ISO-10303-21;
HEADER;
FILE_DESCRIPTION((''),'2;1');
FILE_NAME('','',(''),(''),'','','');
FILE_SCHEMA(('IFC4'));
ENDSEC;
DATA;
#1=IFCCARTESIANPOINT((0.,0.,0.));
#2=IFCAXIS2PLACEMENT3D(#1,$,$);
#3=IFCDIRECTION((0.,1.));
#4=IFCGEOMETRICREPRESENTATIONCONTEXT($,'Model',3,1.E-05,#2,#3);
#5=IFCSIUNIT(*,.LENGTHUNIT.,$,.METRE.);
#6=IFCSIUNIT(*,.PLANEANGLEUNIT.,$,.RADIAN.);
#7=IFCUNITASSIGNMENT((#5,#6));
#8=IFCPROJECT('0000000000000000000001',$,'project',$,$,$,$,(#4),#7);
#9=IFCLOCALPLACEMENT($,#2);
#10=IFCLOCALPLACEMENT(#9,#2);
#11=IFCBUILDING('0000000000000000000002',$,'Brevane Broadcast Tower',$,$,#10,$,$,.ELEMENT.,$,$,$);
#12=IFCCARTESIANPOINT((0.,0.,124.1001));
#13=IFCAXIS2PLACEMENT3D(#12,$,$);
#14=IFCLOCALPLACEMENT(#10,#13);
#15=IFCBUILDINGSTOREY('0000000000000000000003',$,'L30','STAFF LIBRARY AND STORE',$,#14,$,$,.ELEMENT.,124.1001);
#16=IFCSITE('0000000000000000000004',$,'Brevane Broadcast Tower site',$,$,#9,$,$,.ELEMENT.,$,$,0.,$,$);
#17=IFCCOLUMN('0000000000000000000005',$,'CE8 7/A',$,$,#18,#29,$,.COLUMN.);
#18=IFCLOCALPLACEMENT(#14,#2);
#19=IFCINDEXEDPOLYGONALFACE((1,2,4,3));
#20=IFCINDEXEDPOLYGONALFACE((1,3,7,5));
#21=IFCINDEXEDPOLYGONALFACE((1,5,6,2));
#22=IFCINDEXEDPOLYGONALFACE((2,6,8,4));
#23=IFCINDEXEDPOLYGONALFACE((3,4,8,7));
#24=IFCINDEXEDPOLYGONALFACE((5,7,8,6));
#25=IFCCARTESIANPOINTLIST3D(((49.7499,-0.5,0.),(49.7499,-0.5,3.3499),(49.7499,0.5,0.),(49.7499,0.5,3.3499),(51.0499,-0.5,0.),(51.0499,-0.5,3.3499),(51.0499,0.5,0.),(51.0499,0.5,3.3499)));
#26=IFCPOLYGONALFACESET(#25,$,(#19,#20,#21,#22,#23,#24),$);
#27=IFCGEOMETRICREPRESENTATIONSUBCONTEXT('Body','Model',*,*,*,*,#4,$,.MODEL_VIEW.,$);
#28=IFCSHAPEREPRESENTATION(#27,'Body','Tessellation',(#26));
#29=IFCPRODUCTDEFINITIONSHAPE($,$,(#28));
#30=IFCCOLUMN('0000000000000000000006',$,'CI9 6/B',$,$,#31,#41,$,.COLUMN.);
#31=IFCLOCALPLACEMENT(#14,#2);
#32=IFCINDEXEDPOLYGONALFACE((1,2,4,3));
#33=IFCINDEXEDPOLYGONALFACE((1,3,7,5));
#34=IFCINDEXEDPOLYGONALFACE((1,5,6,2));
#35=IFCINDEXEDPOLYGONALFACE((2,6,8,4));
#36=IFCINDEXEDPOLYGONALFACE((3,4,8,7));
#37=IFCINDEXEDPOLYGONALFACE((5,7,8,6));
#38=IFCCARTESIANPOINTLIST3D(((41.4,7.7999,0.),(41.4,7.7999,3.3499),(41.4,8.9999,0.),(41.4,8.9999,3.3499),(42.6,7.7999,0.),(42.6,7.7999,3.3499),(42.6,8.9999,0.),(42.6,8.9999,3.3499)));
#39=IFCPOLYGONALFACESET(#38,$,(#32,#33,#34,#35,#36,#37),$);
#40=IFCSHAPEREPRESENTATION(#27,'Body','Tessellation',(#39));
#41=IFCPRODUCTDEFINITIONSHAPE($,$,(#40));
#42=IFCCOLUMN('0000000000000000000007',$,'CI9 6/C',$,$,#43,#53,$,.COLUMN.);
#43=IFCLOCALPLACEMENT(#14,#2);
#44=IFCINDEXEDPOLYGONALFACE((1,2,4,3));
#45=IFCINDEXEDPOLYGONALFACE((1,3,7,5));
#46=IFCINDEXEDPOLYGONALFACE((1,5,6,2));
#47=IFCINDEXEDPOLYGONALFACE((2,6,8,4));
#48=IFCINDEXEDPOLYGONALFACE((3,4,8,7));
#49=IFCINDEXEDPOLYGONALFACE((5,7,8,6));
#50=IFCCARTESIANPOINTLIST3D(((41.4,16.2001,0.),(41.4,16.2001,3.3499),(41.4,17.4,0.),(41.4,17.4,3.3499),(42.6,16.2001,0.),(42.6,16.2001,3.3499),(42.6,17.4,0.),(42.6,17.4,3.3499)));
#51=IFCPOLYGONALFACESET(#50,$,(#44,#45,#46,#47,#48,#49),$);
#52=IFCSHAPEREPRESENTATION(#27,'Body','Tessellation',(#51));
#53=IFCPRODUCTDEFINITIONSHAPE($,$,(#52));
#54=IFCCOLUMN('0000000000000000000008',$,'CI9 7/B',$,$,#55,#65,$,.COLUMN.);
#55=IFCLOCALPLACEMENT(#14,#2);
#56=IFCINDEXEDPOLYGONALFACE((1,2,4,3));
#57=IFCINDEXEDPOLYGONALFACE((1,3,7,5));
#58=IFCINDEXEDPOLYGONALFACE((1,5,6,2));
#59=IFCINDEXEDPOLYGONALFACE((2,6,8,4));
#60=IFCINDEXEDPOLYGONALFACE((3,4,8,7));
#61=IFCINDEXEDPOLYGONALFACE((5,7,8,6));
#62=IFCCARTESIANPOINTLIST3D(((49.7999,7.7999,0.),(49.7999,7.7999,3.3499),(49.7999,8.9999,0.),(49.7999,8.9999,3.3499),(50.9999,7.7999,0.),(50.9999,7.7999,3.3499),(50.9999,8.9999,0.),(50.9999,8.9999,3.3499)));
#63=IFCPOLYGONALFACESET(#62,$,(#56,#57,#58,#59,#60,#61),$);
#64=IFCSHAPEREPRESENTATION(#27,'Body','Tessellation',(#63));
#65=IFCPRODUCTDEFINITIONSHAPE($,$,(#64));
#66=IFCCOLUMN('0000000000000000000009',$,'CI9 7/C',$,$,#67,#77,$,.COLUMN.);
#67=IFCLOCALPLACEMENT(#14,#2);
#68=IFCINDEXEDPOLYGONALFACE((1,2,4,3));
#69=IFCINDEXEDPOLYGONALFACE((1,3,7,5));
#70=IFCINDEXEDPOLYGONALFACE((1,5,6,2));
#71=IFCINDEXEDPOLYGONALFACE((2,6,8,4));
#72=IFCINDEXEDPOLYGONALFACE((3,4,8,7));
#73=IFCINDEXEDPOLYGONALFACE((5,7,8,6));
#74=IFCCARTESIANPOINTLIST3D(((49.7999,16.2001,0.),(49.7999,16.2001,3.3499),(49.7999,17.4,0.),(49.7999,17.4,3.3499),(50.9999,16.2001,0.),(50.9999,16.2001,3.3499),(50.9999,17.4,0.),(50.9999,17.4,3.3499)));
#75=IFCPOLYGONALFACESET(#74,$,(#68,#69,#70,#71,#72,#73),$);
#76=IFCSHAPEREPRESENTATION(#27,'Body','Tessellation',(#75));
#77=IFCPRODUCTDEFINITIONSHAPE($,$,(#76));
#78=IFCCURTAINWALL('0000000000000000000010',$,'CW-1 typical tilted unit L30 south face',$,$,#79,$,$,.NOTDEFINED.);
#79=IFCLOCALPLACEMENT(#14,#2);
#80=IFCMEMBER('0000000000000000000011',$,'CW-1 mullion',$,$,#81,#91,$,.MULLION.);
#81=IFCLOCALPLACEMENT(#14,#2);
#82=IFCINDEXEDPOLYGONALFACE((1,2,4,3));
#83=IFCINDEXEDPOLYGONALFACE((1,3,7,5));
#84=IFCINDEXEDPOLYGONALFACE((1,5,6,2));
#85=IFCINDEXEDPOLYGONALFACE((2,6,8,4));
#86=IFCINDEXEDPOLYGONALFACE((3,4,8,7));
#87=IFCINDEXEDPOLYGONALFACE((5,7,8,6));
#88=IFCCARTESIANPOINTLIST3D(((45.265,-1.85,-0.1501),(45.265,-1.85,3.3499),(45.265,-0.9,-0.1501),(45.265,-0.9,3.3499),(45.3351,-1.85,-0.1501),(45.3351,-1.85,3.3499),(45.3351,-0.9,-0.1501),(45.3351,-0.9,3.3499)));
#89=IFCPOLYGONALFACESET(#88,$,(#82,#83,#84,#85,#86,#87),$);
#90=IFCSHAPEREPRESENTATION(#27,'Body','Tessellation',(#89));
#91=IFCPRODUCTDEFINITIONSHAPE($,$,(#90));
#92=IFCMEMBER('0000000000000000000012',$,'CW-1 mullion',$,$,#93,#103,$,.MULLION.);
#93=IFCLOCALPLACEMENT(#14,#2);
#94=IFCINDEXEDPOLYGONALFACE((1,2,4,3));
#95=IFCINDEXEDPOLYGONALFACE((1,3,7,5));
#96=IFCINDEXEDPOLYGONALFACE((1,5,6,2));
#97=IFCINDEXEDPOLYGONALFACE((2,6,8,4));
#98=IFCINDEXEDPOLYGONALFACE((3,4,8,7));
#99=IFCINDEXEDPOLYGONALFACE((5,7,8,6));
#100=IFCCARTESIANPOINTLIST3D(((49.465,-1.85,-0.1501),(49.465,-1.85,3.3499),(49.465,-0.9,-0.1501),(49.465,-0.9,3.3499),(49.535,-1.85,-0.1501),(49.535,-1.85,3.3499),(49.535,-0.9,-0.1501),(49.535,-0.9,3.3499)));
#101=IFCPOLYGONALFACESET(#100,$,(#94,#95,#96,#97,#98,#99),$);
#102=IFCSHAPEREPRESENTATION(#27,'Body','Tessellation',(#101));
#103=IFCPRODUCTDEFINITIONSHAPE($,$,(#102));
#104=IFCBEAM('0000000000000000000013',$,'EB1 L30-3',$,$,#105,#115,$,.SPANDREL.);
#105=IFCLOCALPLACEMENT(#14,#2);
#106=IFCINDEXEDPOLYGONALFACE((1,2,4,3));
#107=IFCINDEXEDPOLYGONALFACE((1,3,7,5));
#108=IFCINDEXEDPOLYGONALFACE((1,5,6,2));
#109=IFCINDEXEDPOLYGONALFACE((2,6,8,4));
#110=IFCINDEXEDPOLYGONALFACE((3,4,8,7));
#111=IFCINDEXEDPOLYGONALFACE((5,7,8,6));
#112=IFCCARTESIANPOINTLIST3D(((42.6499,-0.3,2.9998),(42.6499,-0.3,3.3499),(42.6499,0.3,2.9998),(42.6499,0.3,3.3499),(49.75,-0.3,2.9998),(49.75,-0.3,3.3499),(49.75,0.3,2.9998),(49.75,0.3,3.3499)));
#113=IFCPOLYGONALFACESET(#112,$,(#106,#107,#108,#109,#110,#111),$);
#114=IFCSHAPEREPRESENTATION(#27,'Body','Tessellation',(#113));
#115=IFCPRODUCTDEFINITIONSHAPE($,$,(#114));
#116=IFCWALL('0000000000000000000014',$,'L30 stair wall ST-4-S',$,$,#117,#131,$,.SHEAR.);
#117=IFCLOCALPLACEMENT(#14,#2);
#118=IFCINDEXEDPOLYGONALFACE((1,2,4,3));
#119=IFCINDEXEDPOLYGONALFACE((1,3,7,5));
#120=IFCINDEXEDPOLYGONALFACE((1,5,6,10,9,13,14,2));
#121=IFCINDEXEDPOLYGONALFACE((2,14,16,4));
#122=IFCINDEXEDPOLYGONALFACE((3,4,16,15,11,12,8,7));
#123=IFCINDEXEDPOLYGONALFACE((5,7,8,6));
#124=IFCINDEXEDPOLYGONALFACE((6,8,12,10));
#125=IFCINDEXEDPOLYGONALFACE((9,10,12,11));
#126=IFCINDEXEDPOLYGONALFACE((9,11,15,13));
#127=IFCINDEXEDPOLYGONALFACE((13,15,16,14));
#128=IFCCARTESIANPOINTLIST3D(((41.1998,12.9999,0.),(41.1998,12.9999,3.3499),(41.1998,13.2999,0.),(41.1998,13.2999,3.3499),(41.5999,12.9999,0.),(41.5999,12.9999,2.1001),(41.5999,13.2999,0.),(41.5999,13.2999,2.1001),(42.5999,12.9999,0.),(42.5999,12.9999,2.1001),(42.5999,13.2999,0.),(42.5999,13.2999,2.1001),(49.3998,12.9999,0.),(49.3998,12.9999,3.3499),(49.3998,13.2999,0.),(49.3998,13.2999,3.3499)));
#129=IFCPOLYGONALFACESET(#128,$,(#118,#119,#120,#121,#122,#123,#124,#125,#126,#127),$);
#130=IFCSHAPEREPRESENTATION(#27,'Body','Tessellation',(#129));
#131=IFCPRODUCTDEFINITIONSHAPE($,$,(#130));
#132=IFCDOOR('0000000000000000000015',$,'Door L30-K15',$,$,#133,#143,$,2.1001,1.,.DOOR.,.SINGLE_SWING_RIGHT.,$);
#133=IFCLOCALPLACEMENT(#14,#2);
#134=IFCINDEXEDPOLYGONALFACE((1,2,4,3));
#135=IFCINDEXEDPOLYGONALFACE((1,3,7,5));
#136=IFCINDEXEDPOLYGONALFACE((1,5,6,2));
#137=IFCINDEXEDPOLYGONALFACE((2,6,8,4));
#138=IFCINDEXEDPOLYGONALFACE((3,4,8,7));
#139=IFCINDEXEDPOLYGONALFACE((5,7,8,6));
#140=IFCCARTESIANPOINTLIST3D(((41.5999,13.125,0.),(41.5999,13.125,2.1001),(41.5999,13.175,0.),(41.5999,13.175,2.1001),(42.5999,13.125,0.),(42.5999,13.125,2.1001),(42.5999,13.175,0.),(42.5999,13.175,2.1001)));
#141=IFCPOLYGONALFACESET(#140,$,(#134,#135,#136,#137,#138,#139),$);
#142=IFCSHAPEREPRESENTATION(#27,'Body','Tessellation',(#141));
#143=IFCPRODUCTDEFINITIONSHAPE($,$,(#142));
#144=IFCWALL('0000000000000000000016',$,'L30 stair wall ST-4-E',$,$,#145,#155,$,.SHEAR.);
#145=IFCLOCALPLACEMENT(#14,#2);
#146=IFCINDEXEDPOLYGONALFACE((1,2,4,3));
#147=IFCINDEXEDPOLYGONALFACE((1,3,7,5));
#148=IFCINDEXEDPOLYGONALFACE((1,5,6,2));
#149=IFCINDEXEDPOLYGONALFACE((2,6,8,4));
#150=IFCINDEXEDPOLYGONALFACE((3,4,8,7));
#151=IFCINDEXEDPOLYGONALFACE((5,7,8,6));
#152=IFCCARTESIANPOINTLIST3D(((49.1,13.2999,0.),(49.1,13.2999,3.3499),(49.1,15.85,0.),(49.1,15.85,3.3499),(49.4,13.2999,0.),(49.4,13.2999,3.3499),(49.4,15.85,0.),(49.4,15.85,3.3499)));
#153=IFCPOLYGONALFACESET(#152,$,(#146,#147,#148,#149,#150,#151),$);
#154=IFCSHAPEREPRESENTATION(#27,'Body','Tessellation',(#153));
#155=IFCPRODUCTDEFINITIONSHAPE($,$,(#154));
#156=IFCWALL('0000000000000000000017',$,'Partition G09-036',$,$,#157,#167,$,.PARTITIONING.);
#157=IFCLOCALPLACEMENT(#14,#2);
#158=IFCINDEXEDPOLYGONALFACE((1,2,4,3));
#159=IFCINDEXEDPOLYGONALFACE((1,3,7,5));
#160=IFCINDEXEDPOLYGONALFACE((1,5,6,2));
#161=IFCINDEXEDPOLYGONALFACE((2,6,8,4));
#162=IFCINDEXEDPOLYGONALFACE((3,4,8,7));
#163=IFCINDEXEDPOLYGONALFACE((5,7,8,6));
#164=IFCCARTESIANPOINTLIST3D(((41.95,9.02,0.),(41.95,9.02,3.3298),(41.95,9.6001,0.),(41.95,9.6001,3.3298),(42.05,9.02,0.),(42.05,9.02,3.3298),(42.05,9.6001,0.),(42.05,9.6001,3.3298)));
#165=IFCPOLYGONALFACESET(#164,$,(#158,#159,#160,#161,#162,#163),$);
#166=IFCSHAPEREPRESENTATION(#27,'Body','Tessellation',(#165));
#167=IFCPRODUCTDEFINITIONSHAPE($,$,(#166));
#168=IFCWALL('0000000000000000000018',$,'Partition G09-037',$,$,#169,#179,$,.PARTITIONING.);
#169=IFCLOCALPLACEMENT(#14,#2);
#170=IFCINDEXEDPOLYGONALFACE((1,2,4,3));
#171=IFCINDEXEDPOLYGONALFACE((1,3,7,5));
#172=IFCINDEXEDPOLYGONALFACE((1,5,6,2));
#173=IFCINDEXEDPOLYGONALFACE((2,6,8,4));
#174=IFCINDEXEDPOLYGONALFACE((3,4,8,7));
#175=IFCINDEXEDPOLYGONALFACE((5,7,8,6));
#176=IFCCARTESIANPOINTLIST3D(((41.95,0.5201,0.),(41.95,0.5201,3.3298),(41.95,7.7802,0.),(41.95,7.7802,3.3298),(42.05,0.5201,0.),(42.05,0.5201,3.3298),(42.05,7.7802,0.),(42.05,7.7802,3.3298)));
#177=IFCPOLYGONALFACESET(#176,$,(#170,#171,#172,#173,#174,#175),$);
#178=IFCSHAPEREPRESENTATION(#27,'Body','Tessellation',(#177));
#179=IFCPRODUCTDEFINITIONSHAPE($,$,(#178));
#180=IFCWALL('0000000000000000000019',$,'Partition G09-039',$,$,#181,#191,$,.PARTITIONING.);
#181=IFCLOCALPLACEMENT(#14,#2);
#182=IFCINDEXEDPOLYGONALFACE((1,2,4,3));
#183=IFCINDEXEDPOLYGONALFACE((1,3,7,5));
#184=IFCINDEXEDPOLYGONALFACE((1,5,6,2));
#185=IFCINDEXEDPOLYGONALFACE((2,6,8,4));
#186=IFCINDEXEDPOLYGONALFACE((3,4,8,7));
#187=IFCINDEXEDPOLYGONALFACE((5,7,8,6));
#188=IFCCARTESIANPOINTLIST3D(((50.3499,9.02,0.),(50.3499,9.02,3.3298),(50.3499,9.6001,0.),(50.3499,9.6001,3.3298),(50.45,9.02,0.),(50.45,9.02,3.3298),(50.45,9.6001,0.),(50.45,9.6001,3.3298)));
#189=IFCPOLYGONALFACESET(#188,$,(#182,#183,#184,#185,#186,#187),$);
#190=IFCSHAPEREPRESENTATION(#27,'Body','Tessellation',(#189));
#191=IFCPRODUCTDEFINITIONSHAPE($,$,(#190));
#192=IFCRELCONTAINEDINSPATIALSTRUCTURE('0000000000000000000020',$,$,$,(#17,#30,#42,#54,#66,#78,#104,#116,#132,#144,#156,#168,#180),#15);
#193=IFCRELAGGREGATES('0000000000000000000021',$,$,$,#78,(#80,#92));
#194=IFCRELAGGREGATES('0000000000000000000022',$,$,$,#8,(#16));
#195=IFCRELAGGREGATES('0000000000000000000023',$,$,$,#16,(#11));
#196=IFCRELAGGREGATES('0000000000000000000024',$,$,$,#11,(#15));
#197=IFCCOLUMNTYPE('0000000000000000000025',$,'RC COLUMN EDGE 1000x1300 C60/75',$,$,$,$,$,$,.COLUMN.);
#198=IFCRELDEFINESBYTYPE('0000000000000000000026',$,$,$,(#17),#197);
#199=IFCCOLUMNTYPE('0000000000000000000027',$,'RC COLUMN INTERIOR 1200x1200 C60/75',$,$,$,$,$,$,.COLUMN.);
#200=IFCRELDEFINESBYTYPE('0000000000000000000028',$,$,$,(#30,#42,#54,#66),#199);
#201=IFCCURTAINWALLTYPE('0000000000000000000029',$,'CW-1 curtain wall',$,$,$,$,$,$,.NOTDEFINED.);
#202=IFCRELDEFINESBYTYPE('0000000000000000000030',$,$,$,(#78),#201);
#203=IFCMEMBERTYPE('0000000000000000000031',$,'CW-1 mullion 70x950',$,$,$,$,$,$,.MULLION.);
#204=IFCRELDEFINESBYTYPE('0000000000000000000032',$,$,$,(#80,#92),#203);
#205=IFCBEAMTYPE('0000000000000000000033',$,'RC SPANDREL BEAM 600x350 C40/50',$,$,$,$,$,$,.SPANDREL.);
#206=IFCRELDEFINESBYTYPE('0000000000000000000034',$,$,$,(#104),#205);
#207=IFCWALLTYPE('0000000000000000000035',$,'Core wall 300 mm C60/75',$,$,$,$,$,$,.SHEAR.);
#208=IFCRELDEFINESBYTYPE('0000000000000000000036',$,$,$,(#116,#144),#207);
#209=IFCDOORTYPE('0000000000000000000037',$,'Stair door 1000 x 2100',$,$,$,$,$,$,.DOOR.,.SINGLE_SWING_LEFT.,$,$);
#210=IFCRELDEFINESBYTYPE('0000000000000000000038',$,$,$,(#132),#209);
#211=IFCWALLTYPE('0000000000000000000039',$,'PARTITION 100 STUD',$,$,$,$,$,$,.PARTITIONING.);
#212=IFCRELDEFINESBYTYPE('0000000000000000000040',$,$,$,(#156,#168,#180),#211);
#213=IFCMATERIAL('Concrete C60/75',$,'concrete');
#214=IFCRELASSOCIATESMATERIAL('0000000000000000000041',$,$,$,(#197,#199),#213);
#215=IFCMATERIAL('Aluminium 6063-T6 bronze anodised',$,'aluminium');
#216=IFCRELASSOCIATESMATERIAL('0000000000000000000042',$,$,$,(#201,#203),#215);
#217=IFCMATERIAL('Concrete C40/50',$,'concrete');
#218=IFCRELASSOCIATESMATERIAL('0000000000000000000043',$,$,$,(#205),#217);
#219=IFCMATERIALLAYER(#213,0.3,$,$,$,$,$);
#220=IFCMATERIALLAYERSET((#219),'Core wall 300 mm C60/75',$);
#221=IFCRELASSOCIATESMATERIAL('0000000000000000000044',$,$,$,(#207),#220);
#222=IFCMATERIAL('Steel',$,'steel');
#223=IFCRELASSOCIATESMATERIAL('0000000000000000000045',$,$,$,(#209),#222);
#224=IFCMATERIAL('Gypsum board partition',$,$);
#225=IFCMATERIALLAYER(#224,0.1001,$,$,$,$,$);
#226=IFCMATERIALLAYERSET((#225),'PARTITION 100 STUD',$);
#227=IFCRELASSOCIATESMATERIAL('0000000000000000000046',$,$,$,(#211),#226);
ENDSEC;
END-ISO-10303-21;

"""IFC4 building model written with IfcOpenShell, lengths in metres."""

from ifc_helpers import new_model, si_unit, direction, frame, frame_2d, origin, origin_2d, place, context, subcontext, project, spatial, rectangle, extrude, material, layer, layer_set, material_profile, profile_set, type_object, element, fill, aggregate, save


model = new_model("IFC4")

# Units and contexts
model_context = context("Model", 3, precision=1e-05, world=origin(), true_north=direction((0.0, 1.0)))
body_context = subcontext(model_context, "Body", "Model", "MODEL_VIEW")
ifc_project = project(units=[si_unit("LENGTHUNIT", "METRE"), si_unit("PLANEANGLEUNIT", "RADIAN")], contexts=[model_context])

# Site, building, storey
site_placement = place(None, origin())
site = spatial("IfcSite", under=ifc_project, at=site_placement, Name="Brevane Broadcast Tower site", CompositionType="ELEMENT", RefElevation=0.0)
building_placement = place(site_placement, origin())
building = spatial("IfcBuilding", under=site, at=building_placement, Name="Brevane Broadcast Tower", CompositionType="ELEMENT")
storey_placement = place(building_placement, frame((0.0, 0.0, 124.1001)))
storey = spatial("IfcBuildingStorey", under=building, at=storey_placement, Name="L30", Description="STAFF LIBRARY AND STORE", CompositionType="ELEMENT", Elevation=124.1001)

# Columns
ifc_material_1 = material(Name="Concrete C60/75", Category="concrete")
ifc_material_profile_1 = material_profile(ifc_material_1, rectangle(XDim=1.0, YDim=1.3, at=origin_2d()), Name="RC 1000x1300")
ifc_profile_set_1 = profile_set([ifc_material_profile_1], Name="Concrete C60/75")
column_type_1 = type_object("IfcColumnType", Name="RC COLUMN EDGE 1000x1300 C60/75", PredefinedType="COLUMN", material=ifc_profile_set_1)
column_placement = place(storey_placement, frame((50.3999, 0.0, 0.0), z_axis=(0.0, 0.0, 1.0), x_axis=(0.0, 1.0, 0.0)))
element("IfcColumn", 1, at=column_placement, inside=storey, type_object=column_type_1, Name="CE8 7/A", PredefinedType="COLUMN", context=body_context, shape_type="SweptSolid", body=[
    extrude(rectangle(XDim=1.0, YDim=1.3, at=origin_2d()), origin(), (0.0, 0.0, 1.0), 3.3499),
])
ifc_material_profile_2 = material_profile(ifc_material_1, rectangle(XDim=1.2, YDim=1.2, at=origin_2d()), Name="RC 1200x1200")
ifc_profile_set_2 = profile_set([ifc_material_profile_2], Name="Concrete C60/75")
column_type_2 = type_object("IfcColumnType", Name="RC COLUMN INTERIOR 1200x1200 C60/75", PredefinedType="COLUMN", material=ifc_profile_set_2)
for number, where, z_axis, x_axis, name in (
    (2, (42.0, 8.3999, 0.0), (0.0, 0.0, 1.0), (1.0, 0.0, 0.0), "CI9 6/B"),
    (3, (42.0, 16.8, 0.0), (0.0, 0.0, 1.0), (1.0, 0.0, 0.0), "CI9 6/C"),
    (4, (50.3999, 8.3999, 0.0), (0.0, 0.0, 1.0), (1.0, 0.0, 0.0), "CI9 7/B"),
    (5, (50.3999, 16.8, 0.0), (0.0, 0.0, 1.0), (1.0, 0.0, 0.0), "CI9 7/C"),
):
    element("IfcColumn", number, at=place(storey_placement, frame(where, z_axis=z_axis, x_axis=x_axis)), inside=storey, type_object=column_type_2, Name=name, PredefinedType="COLUMN", context=body_context, shape_type="SweptSolid", body=[
        extrude(rectangle(XDim=1.2, YDim=1.2, at=origin_2d()), origin(), (0.0, 0.0, 1.0), 3.3499),
    ])

# Curtain wall, members
ifc_material_2 = material(Name="Aluminium 6063-T6 bronze anodised", Category="aluminium")
curtain_wall_type = type_object("IfcCurtainWallType", Name="CW-1 curtain wall", PredefinedType="NOTDEFINED", material=ifc_material_2)
curtain_wall_placement = place(storey_placement, origin())
curtain_wall = element("IfcCurtainWall", 6, at=curtain_wall_placement, inside=storey, type_object=curtain_wall_type, Name="CW-1 typical tilted unit L30 south face", PredefinedType="NOTDEFINED")
ifc_material_profile_3 = material_profile(ifc_material_2, rectangle(XDim=0.95, YDim=0.0701, at=origin_2d()), Name="RECT 70x950")
ifc_profile_set_3 = profile_set([ifc_material_profile_3], Name="Aluminium 6063-T6 bronze anodised")
member_type = type_object("IfcMemberType", Name="CW-1 mullion 70x950", PredefinedType="MULLION", material=ifc_profile_set_3)
member_1_placement = place(storey_placement, frame((45.3, -1.375, -0.1501), z_axis=(0.0, 0.0, 1.0), x_axis=(0.0, 1.0, 0.0)))
member_1 = element("IfcMember", 7, at=member_1_placement, type_object=member_type, Name="CW-1 mullion", PredefinedType="MULLION", context=body_context, shape_type="SweptSolid", body=[
    extrude(rectangle(XDim=0.95, YDim=0.0701, at=origin_2d()), origin(), (0.0, 0.0, 1.0), 3.5),
])
member_2_placement = place(storey_placement, frame((49.5, -1.375, -0.1501), z_axis=(0.0, 0.0, 1.0), x_axis=(0.0, 1.0, 0.0)))
member_2 = element("IfcMember", 8, at=member_2_placement, type_object=member_type, Name="CW-1 mullion", PredefinedType="MULLION", context=body_context, shape_type="SweptSolid", body=[
    extrude(rectangle(XDim=0.95, YDim=0.0701, at=origin_2d()), origin(), (0.0, 0.0, 1.0), 3.5),
])
aggregate(curtain_wall, [member_1, member_2])

# Beam
ifc_material_3 = material(Name="Concrete C40/50", Category="concrete")
ifc_material_profile_4 = material_profile(ifc_material_3, rectangle(XDim=0.6001, YDim=0.3501, at=origin_2d()), Name="RC 600x350")
ifc_profile_set_4 = profile_set([ifc_material_profile_4], Name="Concrete C40/50")
beam_type = type_object("IfcBeamType", Name="RC SPANDREL BEAM 600x350 C40/50", PredefinedType="SPANDREL", material=ifc_profile_set_4)
beam_placement = place(storey_placement, frame((42.6499, 0.0, 3.1748), z_axis=(1.0, 0.0, 0.0), x_axis=(0.0, 1.0, 0.0)))
element("IfcBeam", 9, at=beam_placement, inside=storey, type_object=beam_type, Name="EB1 L30-3", PredefinedType="SPANDREL", context=body_context, shape_type="SweptSolid", body=[
    extrude(rectangle(XDim=0.6001, YDim=0.3501, at=origin_2d()), origin(), (0.0, 0.0, 1.0), 7.1001),
])

# Wall, opening, door
ifc_layer_1 = layer(ifc_material_1, 0.3)
ifc_layer_set_1 = layer_set([ifc_layer_1], Name="Core wall 300 mm C60/75")
wall_type_1 = type_object("IfcWallType", Name="Core wall 300 mm C60/75", PredefinedType="SHEAR", material=ifc_layer_set_1)
wall_1_placement = place(storey_placement, frame((49.3999, 13.1499, 0.0), z_axis=(0.0, 0.0, 1.0), x_axis=(-1.0, 0.0, 0.0)))
wall_1 = element("IfcWall", 10, at=wall_1_placement, inside=storey, type_object=wall_type_1, Name="L30 stair wall ST-4-S", PredefinedType="SHEAR", context=body_context, shape_type="SweptSolid", body=[
    extrude(rectangle(XDim=8.2, YDim=0.3, at=frame_2d((4.1001, 0.0))), origin(), (0.0, 0.0, 1.0), 3.3499),
])
opening_1_placement = place(wall_1_placement, frame((6.8, 0.0, 0.0)))
opening_1 = element("IfcOpeningElement", 11, at=opening_1_placement, cuts=wall_1, PredefinedType="OPENING", context=body_context, shape_type="SweptSolid", body=[
    extrude(rectangle(XDim=1.0, YDim=2.1001, at=frame_2d((0.5, 1.05))), frame((0.0, 0.1599, 0.0), z_axis=(0.0, -1.0, 0.0), x_axis=(1.0, 0.0, 0.0)), (0.0, 0.0, 1.0), 0.3201),
])
ifc_material_4 = material(Name="Steel", Category="steel")
door_type_1 = type_object("IfcDoorType", Name="Stair door 1000 x 2100", OperationType="SINGLE_SWING_LEFT", PredefinedType="DOOR", material=ifc_material_4)
door_1_placement = place(opening_1_placement, origin())
door_1 = element("IfcDoor", 12, at=door_1_placement, inside=storey, type_object=door_type_1, Name="Door L30-K15", OperationType="SINGLE_SWING_RIGHT", OverallHeight=2.1001, OverallWidth=1.0, PredefinedType="DOOR", context=body_context, shape_type="SweptSolid", body=[
    extrude(rectangle(XDim=1.0, YDim=2.1001, at=frame_2d((0.5, 1.05))), frame((0.0, 0.0249, 0.0), z_axis=(0.0, -1.0, 0.0), x_axis=(1.0, 0.0, 0.0)), (0.0, 0.0, 1.0), 0.05),
])
fill(opening_1, door_1)

# Walls
wall_2_placement = place(storey_placement, frame((49.25, 13.3, 0.0), z_axis=(0.0, 0.0, 1.0), x_axis=(0.0, 1.0, 0.0)))
element("IfcWall", 13, at=wall_2_placement, inside=storey, type_object=wall_type_1, Name="L30 stair wall ST-4-E", PredefinedType="SHEAR", context=body_context, shape_type="SweptSolid", body=[
    extrude(rectangle(XDim=2.55, YDim=0.3, at=frame_2d((1.2749, 0.0))), origin(), (0.0, 0.0, 1.0), 3.3499),
])
ifc_material_5 = material(Name="Gypsum board partition")
ifc_layer_2 = layer(ifc_material_5, 0.1001)
ifc_layer_set_2 = layer_set([ifc_layer_2], Name="PARTITION 100 STUD")
wall_type_2 = type_object("IfcWallType", Name="PARTITION 100 STUD", PredefinedType="PARTITIONING", material=ifc_layer_set_2)
wall_3_placement = place(storey_placement, frame((42.0, 9.6001, 0.0), z_axis=(0.0, 0.0, 1.0), x_axis=(0.0, -1.0, 0.0)))
element("IfcWall", 14, at=wall_3_placement, inside=storey, type_object=wall_type_2, Name="Partition G09-036", PredefinedType="PARTITIONING", context=body_context, shape_type="SweptSolid", body=[
    extrude(rectangle(XDim=0.5801, YDim=0.1001, at=frame_2d((0.29, 0.0))), origin(), (0.0, 0.0, 1.0), 3.3298),
])
wall_4_placement = place(storey_placement, frame((42.0, 7.78, 0.0), z_axis=(0.0, 0.0, 1.0), x_axis=(0.0, -1.0, 0.0)))
element("IfcWall", 15, at=wall_4_placement, inside=storey, type_object=wall_type_2, Name="Partition G09-037", PredefinedType="PARTITIONING", context=body_context, shape_type="SweptSolid", body=[
    extrude(rectangle(XDim=7.26, YDim=0.1001, at=frame_2d((3.6299, 0.0))), origin(), (0.0, 0.0, 1.0), 3.3298),
])
wall_5_placement = place(storey_placement, frame((50.3999, 9.6001, 0.0), z_axis=(0.0, 0.0, 1.0), x_axis=(0.0, -1.0, 0.0)))
element("IfcWall", 16, at=wall_5_placement, inside=storey, type_object=wall_type_2, Name="Partition G09-039", PredefinedType="PARTITIONING", context=body_context, shape_type="SweptSolid", body=[
    extrude(rectangle(XDim=0.5801, YDim=0.1001, at=frame_2d((0.29, 0.0))), origin(), (0.0, 0.0, 1.0), 3.3298),
])

save(model, "model.ifc")
